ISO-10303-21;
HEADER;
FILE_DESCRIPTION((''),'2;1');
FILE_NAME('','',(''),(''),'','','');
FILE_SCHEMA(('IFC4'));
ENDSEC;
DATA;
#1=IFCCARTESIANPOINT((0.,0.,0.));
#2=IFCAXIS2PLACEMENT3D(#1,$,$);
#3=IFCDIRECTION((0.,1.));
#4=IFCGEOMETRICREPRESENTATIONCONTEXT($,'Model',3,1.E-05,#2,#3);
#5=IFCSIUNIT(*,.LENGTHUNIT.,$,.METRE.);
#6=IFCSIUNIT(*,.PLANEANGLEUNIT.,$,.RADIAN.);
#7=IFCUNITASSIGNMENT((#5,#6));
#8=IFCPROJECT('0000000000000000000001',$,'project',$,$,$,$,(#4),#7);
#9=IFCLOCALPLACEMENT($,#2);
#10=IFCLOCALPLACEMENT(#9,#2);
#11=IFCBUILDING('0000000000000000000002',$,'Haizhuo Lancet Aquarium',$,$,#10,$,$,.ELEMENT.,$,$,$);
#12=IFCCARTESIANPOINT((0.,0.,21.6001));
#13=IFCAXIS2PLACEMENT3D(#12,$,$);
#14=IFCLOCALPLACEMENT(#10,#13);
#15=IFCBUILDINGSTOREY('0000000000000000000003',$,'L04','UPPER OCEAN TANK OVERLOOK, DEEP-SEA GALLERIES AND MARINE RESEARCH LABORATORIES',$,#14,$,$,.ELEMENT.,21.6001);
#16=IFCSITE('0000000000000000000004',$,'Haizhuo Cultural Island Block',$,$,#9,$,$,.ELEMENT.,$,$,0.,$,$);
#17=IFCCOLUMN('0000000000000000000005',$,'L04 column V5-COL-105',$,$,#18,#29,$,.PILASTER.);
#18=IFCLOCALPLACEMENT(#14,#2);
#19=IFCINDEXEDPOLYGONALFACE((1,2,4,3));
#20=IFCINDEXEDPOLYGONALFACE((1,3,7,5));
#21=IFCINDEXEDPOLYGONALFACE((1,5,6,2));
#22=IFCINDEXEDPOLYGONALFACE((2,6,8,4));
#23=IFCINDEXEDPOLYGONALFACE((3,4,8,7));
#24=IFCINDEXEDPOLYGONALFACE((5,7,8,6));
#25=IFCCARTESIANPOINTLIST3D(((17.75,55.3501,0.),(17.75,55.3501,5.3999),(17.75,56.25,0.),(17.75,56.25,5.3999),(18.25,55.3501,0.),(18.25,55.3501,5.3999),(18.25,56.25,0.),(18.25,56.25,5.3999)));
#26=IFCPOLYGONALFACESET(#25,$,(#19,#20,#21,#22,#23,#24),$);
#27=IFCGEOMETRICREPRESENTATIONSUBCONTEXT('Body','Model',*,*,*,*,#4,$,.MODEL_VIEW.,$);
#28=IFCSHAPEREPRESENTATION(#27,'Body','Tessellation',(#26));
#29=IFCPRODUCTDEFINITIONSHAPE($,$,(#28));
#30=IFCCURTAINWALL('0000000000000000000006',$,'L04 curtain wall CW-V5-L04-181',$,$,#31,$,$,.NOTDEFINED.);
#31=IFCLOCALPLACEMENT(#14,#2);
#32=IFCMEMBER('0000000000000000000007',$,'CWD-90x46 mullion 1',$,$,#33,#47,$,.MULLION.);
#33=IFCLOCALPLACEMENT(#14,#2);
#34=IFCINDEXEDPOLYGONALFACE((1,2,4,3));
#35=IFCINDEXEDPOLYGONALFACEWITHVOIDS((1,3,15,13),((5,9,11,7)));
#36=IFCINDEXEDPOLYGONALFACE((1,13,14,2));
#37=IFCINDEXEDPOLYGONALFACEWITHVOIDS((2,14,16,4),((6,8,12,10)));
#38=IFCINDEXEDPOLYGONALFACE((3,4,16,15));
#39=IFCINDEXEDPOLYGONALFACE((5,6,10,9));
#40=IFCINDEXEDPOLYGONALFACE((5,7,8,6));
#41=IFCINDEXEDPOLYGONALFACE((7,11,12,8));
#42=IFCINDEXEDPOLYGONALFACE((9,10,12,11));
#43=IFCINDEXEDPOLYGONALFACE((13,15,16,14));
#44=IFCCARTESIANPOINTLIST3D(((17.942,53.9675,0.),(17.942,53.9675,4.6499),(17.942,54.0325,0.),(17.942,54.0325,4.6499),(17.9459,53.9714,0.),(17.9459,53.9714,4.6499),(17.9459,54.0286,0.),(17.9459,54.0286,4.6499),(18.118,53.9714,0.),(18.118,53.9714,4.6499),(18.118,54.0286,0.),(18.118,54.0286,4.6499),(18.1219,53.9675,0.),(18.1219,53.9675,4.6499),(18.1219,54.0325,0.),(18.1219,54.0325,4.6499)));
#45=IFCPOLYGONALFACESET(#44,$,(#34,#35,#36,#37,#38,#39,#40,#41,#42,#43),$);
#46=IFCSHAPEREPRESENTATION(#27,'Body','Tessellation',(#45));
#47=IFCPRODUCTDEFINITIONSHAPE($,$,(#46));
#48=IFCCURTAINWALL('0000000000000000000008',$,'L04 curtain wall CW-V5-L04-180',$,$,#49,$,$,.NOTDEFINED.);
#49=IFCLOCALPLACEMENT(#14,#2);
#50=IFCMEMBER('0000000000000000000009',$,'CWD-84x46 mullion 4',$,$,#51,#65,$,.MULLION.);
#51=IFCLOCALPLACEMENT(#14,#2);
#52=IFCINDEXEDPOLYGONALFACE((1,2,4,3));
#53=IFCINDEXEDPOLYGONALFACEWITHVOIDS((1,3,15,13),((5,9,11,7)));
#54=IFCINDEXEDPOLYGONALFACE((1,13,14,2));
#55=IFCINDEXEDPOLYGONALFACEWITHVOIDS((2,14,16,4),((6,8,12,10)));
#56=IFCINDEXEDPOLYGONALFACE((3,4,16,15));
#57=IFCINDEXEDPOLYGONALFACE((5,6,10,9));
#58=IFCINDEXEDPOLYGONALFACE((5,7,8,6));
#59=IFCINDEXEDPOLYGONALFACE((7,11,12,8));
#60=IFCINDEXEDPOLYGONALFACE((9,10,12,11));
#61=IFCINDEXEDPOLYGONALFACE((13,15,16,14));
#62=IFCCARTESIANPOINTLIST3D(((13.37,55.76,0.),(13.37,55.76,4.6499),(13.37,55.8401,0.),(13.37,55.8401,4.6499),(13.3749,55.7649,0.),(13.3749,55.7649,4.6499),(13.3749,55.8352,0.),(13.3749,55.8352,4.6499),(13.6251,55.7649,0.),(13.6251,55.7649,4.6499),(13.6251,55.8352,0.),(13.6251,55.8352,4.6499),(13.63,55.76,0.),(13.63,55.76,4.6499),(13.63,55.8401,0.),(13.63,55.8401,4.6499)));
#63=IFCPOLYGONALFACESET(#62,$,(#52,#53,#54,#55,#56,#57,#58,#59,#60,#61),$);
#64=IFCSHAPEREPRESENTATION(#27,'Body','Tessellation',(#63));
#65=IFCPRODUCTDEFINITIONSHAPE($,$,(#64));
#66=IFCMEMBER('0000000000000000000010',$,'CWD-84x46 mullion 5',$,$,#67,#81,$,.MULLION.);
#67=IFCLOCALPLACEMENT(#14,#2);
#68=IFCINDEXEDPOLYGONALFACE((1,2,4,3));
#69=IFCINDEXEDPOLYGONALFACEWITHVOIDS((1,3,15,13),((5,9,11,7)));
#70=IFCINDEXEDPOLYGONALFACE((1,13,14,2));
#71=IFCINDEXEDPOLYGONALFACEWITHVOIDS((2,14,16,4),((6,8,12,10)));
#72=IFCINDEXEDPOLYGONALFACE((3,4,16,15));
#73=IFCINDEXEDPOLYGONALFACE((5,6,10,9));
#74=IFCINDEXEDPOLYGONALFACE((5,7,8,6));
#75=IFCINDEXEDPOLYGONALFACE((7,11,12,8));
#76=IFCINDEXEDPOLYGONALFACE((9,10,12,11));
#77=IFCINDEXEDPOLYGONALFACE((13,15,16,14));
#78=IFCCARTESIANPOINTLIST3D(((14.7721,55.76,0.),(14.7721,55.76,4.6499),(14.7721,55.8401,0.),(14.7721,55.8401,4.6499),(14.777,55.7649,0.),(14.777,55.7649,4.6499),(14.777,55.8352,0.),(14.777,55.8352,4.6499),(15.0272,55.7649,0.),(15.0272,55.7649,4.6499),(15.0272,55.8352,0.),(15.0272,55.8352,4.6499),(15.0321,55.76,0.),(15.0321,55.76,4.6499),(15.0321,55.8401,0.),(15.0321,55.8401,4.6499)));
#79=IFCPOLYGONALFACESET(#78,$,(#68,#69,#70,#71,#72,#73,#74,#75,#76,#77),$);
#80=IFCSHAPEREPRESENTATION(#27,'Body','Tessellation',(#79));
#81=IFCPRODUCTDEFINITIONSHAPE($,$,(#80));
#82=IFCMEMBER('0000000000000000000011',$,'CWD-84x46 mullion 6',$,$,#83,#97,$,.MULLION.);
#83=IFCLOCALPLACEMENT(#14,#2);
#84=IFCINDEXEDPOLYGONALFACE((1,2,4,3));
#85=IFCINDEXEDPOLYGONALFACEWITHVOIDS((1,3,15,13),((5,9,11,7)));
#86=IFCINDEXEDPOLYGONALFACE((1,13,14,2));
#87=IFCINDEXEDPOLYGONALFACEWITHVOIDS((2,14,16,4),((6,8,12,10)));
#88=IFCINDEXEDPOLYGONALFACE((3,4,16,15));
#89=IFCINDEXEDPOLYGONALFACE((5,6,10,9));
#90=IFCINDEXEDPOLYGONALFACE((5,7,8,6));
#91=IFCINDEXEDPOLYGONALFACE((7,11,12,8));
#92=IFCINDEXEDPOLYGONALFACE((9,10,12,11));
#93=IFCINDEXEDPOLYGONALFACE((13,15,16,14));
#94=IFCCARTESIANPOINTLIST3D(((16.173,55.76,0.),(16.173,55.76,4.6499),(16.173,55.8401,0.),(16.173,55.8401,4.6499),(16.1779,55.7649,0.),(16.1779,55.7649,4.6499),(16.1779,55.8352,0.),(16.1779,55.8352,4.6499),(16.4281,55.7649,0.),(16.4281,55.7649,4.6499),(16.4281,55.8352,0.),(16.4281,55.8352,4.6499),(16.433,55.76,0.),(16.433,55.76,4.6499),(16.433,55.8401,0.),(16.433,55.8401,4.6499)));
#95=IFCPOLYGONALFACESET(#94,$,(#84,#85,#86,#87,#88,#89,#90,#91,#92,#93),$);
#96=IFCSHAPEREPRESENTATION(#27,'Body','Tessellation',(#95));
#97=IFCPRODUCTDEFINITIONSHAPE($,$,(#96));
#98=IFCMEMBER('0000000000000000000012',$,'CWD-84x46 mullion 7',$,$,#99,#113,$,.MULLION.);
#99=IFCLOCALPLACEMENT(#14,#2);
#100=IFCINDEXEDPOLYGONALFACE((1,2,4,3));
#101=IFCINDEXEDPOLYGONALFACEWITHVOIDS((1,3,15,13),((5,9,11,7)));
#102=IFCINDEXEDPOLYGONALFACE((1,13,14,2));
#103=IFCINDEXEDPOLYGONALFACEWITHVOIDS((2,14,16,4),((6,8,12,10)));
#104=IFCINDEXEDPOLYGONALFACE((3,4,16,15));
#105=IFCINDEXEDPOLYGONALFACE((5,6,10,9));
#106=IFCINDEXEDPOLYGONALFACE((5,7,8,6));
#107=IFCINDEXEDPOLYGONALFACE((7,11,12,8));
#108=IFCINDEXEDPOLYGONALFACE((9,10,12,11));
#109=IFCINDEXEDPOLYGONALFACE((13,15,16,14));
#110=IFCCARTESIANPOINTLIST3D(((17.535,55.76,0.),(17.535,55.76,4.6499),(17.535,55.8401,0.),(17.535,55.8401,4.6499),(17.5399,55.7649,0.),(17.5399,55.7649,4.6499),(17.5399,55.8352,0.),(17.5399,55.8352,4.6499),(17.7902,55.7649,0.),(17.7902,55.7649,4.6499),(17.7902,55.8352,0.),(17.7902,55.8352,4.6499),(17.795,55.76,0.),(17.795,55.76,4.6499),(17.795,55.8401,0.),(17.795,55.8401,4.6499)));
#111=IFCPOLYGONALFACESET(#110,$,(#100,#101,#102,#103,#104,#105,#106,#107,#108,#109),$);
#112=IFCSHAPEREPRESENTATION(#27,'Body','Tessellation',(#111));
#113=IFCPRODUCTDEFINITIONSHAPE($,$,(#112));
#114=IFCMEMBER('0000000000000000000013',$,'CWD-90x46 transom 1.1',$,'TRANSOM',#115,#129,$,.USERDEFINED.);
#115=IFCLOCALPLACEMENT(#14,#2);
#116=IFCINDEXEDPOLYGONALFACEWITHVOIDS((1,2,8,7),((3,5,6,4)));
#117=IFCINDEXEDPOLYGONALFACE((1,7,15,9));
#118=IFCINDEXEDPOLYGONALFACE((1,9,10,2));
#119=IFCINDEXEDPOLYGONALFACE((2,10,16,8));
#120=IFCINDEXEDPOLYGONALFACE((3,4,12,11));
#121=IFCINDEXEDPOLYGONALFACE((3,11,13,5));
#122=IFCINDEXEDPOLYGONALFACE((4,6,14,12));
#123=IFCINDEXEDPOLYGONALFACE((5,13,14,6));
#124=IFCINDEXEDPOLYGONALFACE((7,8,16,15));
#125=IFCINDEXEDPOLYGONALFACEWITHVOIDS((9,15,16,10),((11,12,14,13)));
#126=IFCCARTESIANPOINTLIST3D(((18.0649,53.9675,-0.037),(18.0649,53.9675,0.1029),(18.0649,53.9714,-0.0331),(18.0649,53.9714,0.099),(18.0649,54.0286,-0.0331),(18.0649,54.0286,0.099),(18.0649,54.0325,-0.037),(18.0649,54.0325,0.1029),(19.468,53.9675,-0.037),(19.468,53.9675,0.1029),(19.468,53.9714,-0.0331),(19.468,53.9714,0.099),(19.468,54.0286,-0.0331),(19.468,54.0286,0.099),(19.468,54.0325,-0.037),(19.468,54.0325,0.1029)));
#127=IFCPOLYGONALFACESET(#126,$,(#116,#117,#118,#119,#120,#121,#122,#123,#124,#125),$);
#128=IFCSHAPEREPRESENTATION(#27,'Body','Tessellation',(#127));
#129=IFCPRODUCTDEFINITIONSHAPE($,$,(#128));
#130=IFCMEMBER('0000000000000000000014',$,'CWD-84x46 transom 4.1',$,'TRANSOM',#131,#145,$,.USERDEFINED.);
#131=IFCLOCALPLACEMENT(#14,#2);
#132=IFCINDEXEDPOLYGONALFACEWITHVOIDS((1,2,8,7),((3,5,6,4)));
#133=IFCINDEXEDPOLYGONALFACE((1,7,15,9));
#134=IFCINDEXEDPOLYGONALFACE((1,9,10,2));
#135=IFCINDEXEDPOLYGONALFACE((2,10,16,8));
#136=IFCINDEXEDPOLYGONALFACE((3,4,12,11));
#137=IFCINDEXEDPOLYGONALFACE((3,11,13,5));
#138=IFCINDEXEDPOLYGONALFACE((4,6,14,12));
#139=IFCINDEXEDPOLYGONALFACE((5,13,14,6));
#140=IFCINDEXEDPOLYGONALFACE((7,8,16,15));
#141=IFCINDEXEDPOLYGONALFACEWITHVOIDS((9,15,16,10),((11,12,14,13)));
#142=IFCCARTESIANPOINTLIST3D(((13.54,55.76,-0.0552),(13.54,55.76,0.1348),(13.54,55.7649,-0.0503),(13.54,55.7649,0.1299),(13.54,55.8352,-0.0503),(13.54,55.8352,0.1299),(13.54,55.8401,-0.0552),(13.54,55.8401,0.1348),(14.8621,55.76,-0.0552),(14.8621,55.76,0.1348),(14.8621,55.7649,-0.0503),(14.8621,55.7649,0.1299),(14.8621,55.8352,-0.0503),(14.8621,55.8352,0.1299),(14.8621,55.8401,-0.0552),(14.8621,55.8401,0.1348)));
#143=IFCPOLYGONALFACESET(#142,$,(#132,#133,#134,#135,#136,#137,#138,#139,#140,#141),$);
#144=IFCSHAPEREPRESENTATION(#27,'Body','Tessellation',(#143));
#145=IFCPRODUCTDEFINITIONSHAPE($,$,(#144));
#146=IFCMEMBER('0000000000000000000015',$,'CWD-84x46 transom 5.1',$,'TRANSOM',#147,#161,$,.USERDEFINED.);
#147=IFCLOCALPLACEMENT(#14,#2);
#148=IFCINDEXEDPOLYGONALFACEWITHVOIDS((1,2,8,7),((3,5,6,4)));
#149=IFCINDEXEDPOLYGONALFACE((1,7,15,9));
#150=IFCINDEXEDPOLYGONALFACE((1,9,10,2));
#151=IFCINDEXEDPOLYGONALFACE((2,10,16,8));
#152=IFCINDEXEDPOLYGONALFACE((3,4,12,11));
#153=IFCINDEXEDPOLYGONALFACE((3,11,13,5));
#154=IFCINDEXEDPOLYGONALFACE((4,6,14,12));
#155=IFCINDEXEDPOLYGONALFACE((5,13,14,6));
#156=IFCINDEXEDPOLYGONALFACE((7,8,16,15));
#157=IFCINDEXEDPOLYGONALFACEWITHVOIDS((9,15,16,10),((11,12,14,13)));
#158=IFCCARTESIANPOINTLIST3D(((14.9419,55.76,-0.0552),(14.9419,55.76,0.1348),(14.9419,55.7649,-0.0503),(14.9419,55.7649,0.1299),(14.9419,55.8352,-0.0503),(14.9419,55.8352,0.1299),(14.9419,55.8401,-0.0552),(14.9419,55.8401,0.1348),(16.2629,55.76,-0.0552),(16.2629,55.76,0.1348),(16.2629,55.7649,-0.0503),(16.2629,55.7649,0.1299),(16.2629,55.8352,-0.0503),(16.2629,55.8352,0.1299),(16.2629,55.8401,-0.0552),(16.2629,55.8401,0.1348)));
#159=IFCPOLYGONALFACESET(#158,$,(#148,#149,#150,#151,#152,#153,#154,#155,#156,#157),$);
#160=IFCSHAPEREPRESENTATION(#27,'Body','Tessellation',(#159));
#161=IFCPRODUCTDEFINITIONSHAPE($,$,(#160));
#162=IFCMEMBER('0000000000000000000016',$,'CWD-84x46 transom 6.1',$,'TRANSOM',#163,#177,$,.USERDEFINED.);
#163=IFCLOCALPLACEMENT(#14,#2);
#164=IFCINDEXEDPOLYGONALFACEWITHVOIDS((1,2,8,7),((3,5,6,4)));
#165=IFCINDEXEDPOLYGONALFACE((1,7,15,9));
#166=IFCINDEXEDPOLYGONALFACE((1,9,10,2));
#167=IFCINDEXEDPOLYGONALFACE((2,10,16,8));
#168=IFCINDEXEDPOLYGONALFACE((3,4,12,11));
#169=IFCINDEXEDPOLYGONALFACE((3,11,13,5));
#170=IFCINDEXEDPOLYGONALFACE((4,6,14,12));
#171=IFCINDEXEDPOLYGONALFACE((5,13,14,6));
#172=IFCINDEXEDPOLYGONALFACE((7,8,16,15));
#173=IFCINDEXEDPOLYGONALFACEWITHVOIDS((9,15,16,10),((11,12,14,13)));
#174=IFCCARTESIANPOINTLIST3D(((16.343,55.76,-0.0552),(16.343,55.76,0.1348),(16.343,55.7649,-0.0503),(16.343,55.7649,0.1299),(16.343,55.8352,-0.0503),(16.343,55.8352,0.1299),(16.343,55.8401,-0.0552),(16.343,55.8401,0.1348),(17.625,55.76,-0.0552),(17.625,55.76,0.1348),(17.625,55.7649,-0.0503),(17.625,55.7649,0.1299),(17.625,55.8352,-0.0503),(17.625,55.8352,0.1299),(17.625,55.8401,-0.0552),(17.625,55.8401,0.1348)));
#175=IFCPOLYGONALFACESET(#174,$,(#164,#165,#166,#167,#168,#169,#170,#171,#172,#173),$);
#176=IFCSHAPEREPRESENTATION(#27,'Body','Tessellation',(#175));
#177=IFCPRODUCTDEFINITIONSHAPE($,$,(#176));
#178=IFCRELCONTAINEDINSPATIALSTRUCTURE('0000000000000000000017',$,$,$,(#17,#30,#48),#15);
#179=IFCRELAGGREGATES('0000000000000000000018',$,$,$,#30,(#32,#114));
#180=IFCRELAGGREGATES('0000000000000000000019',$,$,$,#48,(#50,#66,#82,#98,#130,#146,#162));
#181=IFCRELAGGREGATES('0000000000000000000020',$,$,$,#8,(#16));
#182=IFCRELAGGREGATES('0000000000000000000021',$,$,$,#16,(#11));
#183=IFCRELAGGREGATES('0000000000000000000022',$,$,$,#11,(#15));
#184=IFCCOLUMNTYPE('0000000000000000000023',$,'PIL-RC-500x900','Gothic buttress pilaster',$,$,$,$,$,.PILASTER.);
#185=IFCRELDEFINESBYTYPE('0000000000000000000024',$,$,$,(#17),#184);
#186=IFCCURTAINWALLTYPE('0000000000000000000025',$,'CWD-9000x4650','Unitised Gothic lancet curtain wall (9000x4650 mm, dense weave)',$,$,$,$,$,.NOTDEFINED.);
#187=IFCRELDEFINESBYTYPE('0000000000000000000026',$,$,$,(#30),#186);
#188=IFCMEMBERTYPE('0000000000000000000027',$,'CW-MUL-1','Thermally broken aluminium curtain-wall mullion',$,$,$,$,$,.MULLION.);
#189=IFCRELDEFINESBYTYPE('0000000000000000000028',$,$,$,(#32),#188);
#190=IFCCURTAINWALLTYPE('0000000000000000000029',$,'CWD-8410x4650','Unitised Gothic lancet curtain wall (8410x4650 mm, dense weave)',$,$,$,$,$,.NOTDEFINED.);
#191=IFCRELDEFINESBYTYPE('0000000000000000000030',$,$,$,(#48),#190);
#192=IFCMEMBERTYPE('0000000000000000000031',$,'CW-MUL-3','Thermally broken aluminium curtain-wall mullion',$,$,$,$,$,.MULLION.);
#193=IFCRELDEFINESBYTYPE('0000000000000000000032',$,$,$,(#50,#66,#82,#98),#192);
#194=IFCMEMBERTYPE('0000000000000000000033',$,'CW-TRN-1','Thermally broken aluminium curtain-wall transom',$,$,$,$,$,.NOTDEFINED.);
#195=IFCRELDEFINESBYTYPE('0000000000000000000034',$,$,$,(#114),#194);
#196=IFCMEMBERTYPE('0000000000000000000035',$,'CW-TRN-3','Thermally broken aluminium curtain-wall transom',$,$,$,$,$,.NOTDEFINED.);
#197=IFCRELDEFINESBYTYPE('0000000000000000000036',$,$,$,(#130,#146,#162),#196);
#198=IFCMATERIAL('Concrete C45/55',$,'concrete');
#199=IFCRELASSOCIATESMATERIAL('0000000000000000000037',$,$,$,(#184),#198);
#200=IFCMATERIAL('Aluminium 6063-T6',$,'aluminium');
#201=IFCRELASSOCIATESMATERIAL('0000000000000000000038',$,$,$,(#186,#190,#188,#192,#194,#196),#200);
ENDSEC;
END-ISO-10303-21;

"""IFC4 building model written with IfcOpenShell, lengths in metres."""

from ifc_helpers import new_model, si_unit, direction, frame, origin, origin_2d, place, context, subcontext, project, spatial, rectangle, hollow_rectangle, extrude, material, material_profile, profile_set, type_object, element, aggregate, save


model = new_model("IFC4")

# Units and contexts
model_context = context("Model", 3, precision=1e-05, world=origin(), true_north=direction((0.0, 1.0)))
body_context = subcontext(model_context, "Body", "Model", "MODEL_VIEW")
ifc_project = project(units=[si_unit("LENGTHUNIT", "METRE"), si_unit("PLANEANGLEUNIT", "RADIAN")], contexts=[model_context])

# Site, building, storey
site_placement = place(None, origin())
site = spatial("IfcSite", under=ifc_project, at=site_placement, Name="Haizhuo Cultural Island Block", CompositionType="ELEMENT", RefElevation=0.0)
building_placement = place(site_placement, origin())
building = spatial("IfcBuilding", under=site, at=building_placement, Name="Haizhuo Lancet Aquarium", CompositionType="ELEMENT")
storey_placement = place(building_placement, frame((0.0, 0.0, 21.6001)))
storey = spatial("IfcBuildingStorey", under=building, at=storey_placement, Name="L04", Description="UPPER OCEAN TANK OVERLOOK, DEEP-SEA GALLERIES AND MARINE RESEARCH LABORATORIES", CompositionType="ELEMENT", Elevation=21.6001)

# Column
ifc_material_1 = material(Name="Concrete C45/55", Category="concrete")
ifc_material_profile_1 = material_profile(ifc_material_1, rectangle(XDim=0.5, YDim=0.8999, at=origin_2d()), Name="RC-PIL 500x900")
ifc_profile_set_1 = profile_set([ifc_material_profile_1], Name="Concrete C45/55")
column_type = type_object("IfcColumnType", Name="PIL-RC-500x900", Description="Gothic buttress pilaster", PredefinedType="PILASTER", material=ifc_profile_set_1)
column_placement = place(storey_placement, frame((18.0, 55.8, 0.0), z_axis=(0.0, 0.0, 1.0), x_axis=(1.0, 0.0, 0.0)))
element("IfcColumn", 1, at=column_placement, inside=storey, type_object=column_type, Name="L04 column V5-COL-105", PredefinedType="PILASTER", context=body_context, shape_type="SweptSolid", body=[
    extrude(rectangle(XDim=0.5, YDim=0.8999, at=origin_2d()), origin(), (0.0, 0.0, 1.0), 5.3999),
])

# Curtain wall, member
ifc_material_2 = material(Name="Aluminium 6063-T6", Category="aluminium")
curtain_wall_type_1 = type_object("IfcCurtainWallType", Name="CWD-9000x4650", Description="Unitised Gothic lancet curtain wall (9000x4650 mm, dense weave)", PredefinedType="NOTDEFINED", material=ifc_material_2)
curtain_wall_1_placement = place(storey_placement, origin())
curtain_wall_1 = element("IfcCurtainWall", 2, at=curtain_wall_1_placement, inside=storey, type_object=curtain_wall_type_1, Name="L04 curtain wall CW-V5-L04-181", PredefinedType="NOTDEFINED")
ifc_material_profile_2 = material_profile(ifc_material_2, hollow_rectangle(XDim=0.0649, YDim=0.1799, WallThickness=0.0039, at=origin_2d()), Name="ALU-M 65x180x4")
ifc_profile_set_2 = profile_set([ifc_material_profile_2], Name="Aluminium 6063-T6")
member_type_1 = type_object("IfcMemberType", Name="CW-MUL-1", Description="Thermally broken aluminium curtain-wall mullion", PredefinedType="MULLION", material=ifc_profile_set_2)
member_1_placement = place(storey_placement, frame((18.032, 54.0, 0.0), z_axis=(0.0, 0.0, 1.0), x_axis=(0.0, 1.0, 0.0)))
member_1 = element("IfcMember", 3, at=member_1_placement, type_object=member_type_1, Name="CWD-90x46 mullion 1", PredefinedType="MULLION", context=body_context, shape_type="SweptSolid", body=[
    extrude(hollow_rectangle(XDim=0.0649, YDim=0.1799, WallThickness=0.0039, at=origin_2d()), origin(), (0.0, 0.0, 1.0), 4.6499),
])

# Curtain wall, members
curtain_wall_type_2 = type_object("IfcCurtainWallType", Name="CWD-8410x4650", Description="Unitised Gothic lancet curtain wall (8410x4650 mm, dense weave)", PredefinedType="NOTDEFINED", material=ifc_material_2)
curtain_wall_2_placement = place(storey_placement, origin())
curtain_wall_2 = element("IfcCurtainWall", 4, at=curtain_wall_2_placement, inside=storey, type_object=curtain_wall_type_2, Name="L04 curtain wall CW-V5-L04-180", PredefinedType="NOTDEFINED")
ifc_material_profile_3 = material_profile(ifc_material_2, hollow_rectangle(XDim=0.0801, YDim=0.26, WallThickness=0.0049, at=origin_2d()), Name="ALU-M 80x260x5")
ifc_profile_set_3 = profile_set([ifc_material_profile_3], Name="Aluminium 6063-T6")
member_type_2 = type_object("IfcMemberType", Name="CW-MUL-3", Description="Thermally broken aluminium curtain-wall mullion", PredefinedType="MULLION", material=ifc_profile_set_3)
member_2_placement = place(storey_placement, frame((13.5, 55.8, 0.0), z_axis=(0.0, 0.0, 1.0), x_axis=(0.0, 1.0, 0.0)))
member_2 = element("IfcMember", 5, at=member_2_placement, type_object=member_type_2, Name="CWD-84x46 mullion 4", PredefinedType="MULLION", context=body_context, shape_type="SweptSolid", body=[
    extrude(hollow_rectangle(XDim=0.0801, YDim=0.26, WallThickness=0.0049, at=origin_2d()), origin(), (0.0, 0.0, 1.0), 4.6499),
])
member_3_placement = place(storey_placement, frame((14.9021, 55.8, 0.0), z_axis=(0.0, 0.0, 1.0), x_axis=(0.0, 1.0, 0.0)))
member_3 = element("IfcMember", 6, at=member_3_placement, type_object=member_type_2, Name="CWD-84x46 mullion 5", PredefinedType="MULLION", context=body_context, shape_type="SweptSolid", body=[
    extrude(hollow_rectangle(XDim=0.0801, YDim=0.26, WallThickness=0.0049, at=origin_2d()), origin(), (0.0, 0.0, 1.0), 4.6499),
])
member_4_placement = place(storey_placement, frame((16.303, 55.8, 0.0), z_axis=(0.0, 0.0, 1.0), x_axis=(0.0, 1.0, 0.0)))
member_4 = element("IfcMember", 7, at=member_4_placement, type_object=member_type_2, Name="CWD-84x46 mullion 6", PredefinedType="MULLION", context=body_context, shape_type="SweptSolid", body=[
    extrude(hollow_rectangle(XDim=0.0801, YDim=0.26, WallThickness=0.0049, at=origin_2d()), origin(), (0.0, 0.0, 1.0), 4.6499),
])
member_5_placement = place(storey_placement, frame((17.665, 55.8, 0.0), z_axis=(0.0, 0.0, 1.0), x_axis=(0.0, 1.0, 0.0)))
member_5 = element("IfcMember", 8, at=member_5_placement, type_object=member_type_2, Name="CWD-84x46 mullion 7", PredefinedType="MULLION", context=body_context, shape_type="SweptSolid", body=[
    extrude(hollow_rectangle(XDim=0.0801, YDim=0.26, WallThickness=0.0049, at=origin_2d()), origin(), (0.0, 0.0, 1.0), 4.6499),
])

# Members
ifc_material_profile_4 = material_profile(ifc_material_2, hollow_rectangle(XDim=0.0649, YDim=0.1399, WallThickness=0.0039, at=origin_2d()), Name="ALU-T 65x140x4")
ifc_profile_set_4 = profile_set([ifc_material_profile_4], Name="Aluminium 6063-T6")
member_type_3 = type_object("IfcMemberType", Name="CW-TRN-1", Description="Thermally broken aluminium curtain-wall transom", PredefinedType="NOTDEFINED", material=ifc_profile_set_4)
member_6_placement = place(storey_placement, frame((18.0649, 54.0, 0.033), z_axis=(1.0, 0.0, 0.0), x_axis=(0.0, 1.0, 0.0)))
member_6 = element("IfcMember", 9, at=member_6_placement, type_object=member_type_3, Name="CWD-90x46 transom 1.1", ObjectType="TRANSOM", PredefinedType="USERDEFINED", context=body_context, shape_type="SweptSolid", body=[
    extrude(hollow_rectangle(XDim=0.0649, YDim=0.1399, WallThickness=0.0039, at=origin_2d()), origin(), (0.0, 0.0, 1.0), 1.4031),
])
aggregate(curtain_wall_1, [member_1, member_6])
ifc_material_profile_5 = material_profile(ifc_material_2, hollow_rectangle(XDim=0.0801, YDim=0.1899, WallThickness=0.0049, at=origin_2d()), Name="ALU-T 80x190x5")
ifc_profile_set_5 = profile_set([ifc_material_profile_5], Name="Aluminium 6063-T6")
member_type_4 = type_object("IfcMemberType", Name="CW-TRN-3", Description="Thermally broken aluminium curtain-wall transom", PredefinedType="NOTDEFINED", material=ifc_profile_set_5)
member_7_placement = place(storey_placement, frame((13.54, 55.8, 0.0398), z_axis=(1.0, 0.0, 0.0), x_axis=(0.0, 1.0, 0.0)))
member_7 = element("IfcMember", 10, at=member_7_placement, type_object=member_type_4, Name="CWD-84x46 transom 4.1", ObjectType="TRANSOM", PredefinedType="USERDEFINED", context=body_context, shape_type="SweptSolid", body=[
    extrude(hollow_rectangle(XDim=0.0801, YDim=0.1899, WallThickness=0.0049, at=origin_2d()), origin(), (0.0, 0.0, 1.0), 1.322),
])
member_8_placement = place(storey_placement, frame((14.9419, 55.8, 0.0398), z_axis=(1.0, 0.0, 0.0), x_axis=(0.0, 1.0, 0.0)))
member_8 = element("IfcMember", 11, at=member_8_placement, type_object=member_type_4, Name="CWD-84x46 transom 5.1", ObjectType="TRANSOM", PredefinedType="USERDEFINED", context=body_context, shape_type="SweptSolid", body=[
    extrude(hollow_rectangle(XDim=0.0801, YDim=0.1899, WallThickness=0.0049, at=origin_2d()), origin(), (0.0, 0.0, 1.0), 1.321),
])
member_9_placement = place(storey_placement, frame((16.343, 55.8, 0.0398), z_axis=(1.0, 0.0, 0.0), x_axis=(0.0, 1.0, 0.0)))
member_9 = element("IfcMember", 12, at=member_9_placement, type_object=member_type_4, Name="CWD-84x46 transom 6.1", ObjectType="TRANSOM", PredefinedType="USERDEFINED", context=body_context, shape_type="SweptSolid", body=[
    extrude(hollow_rectangle(XDim=0.0801, YDim=0.1899, WallThickness=0.0049, at=origin_2d()), origin(), (0.0, 0.0, 1.0), 1.282),
])

aggregate(curtain_wall_2, [member_2, member_3, member_4, member_5, member_7, member_8, member_9])

save(model, "model.ifc")
